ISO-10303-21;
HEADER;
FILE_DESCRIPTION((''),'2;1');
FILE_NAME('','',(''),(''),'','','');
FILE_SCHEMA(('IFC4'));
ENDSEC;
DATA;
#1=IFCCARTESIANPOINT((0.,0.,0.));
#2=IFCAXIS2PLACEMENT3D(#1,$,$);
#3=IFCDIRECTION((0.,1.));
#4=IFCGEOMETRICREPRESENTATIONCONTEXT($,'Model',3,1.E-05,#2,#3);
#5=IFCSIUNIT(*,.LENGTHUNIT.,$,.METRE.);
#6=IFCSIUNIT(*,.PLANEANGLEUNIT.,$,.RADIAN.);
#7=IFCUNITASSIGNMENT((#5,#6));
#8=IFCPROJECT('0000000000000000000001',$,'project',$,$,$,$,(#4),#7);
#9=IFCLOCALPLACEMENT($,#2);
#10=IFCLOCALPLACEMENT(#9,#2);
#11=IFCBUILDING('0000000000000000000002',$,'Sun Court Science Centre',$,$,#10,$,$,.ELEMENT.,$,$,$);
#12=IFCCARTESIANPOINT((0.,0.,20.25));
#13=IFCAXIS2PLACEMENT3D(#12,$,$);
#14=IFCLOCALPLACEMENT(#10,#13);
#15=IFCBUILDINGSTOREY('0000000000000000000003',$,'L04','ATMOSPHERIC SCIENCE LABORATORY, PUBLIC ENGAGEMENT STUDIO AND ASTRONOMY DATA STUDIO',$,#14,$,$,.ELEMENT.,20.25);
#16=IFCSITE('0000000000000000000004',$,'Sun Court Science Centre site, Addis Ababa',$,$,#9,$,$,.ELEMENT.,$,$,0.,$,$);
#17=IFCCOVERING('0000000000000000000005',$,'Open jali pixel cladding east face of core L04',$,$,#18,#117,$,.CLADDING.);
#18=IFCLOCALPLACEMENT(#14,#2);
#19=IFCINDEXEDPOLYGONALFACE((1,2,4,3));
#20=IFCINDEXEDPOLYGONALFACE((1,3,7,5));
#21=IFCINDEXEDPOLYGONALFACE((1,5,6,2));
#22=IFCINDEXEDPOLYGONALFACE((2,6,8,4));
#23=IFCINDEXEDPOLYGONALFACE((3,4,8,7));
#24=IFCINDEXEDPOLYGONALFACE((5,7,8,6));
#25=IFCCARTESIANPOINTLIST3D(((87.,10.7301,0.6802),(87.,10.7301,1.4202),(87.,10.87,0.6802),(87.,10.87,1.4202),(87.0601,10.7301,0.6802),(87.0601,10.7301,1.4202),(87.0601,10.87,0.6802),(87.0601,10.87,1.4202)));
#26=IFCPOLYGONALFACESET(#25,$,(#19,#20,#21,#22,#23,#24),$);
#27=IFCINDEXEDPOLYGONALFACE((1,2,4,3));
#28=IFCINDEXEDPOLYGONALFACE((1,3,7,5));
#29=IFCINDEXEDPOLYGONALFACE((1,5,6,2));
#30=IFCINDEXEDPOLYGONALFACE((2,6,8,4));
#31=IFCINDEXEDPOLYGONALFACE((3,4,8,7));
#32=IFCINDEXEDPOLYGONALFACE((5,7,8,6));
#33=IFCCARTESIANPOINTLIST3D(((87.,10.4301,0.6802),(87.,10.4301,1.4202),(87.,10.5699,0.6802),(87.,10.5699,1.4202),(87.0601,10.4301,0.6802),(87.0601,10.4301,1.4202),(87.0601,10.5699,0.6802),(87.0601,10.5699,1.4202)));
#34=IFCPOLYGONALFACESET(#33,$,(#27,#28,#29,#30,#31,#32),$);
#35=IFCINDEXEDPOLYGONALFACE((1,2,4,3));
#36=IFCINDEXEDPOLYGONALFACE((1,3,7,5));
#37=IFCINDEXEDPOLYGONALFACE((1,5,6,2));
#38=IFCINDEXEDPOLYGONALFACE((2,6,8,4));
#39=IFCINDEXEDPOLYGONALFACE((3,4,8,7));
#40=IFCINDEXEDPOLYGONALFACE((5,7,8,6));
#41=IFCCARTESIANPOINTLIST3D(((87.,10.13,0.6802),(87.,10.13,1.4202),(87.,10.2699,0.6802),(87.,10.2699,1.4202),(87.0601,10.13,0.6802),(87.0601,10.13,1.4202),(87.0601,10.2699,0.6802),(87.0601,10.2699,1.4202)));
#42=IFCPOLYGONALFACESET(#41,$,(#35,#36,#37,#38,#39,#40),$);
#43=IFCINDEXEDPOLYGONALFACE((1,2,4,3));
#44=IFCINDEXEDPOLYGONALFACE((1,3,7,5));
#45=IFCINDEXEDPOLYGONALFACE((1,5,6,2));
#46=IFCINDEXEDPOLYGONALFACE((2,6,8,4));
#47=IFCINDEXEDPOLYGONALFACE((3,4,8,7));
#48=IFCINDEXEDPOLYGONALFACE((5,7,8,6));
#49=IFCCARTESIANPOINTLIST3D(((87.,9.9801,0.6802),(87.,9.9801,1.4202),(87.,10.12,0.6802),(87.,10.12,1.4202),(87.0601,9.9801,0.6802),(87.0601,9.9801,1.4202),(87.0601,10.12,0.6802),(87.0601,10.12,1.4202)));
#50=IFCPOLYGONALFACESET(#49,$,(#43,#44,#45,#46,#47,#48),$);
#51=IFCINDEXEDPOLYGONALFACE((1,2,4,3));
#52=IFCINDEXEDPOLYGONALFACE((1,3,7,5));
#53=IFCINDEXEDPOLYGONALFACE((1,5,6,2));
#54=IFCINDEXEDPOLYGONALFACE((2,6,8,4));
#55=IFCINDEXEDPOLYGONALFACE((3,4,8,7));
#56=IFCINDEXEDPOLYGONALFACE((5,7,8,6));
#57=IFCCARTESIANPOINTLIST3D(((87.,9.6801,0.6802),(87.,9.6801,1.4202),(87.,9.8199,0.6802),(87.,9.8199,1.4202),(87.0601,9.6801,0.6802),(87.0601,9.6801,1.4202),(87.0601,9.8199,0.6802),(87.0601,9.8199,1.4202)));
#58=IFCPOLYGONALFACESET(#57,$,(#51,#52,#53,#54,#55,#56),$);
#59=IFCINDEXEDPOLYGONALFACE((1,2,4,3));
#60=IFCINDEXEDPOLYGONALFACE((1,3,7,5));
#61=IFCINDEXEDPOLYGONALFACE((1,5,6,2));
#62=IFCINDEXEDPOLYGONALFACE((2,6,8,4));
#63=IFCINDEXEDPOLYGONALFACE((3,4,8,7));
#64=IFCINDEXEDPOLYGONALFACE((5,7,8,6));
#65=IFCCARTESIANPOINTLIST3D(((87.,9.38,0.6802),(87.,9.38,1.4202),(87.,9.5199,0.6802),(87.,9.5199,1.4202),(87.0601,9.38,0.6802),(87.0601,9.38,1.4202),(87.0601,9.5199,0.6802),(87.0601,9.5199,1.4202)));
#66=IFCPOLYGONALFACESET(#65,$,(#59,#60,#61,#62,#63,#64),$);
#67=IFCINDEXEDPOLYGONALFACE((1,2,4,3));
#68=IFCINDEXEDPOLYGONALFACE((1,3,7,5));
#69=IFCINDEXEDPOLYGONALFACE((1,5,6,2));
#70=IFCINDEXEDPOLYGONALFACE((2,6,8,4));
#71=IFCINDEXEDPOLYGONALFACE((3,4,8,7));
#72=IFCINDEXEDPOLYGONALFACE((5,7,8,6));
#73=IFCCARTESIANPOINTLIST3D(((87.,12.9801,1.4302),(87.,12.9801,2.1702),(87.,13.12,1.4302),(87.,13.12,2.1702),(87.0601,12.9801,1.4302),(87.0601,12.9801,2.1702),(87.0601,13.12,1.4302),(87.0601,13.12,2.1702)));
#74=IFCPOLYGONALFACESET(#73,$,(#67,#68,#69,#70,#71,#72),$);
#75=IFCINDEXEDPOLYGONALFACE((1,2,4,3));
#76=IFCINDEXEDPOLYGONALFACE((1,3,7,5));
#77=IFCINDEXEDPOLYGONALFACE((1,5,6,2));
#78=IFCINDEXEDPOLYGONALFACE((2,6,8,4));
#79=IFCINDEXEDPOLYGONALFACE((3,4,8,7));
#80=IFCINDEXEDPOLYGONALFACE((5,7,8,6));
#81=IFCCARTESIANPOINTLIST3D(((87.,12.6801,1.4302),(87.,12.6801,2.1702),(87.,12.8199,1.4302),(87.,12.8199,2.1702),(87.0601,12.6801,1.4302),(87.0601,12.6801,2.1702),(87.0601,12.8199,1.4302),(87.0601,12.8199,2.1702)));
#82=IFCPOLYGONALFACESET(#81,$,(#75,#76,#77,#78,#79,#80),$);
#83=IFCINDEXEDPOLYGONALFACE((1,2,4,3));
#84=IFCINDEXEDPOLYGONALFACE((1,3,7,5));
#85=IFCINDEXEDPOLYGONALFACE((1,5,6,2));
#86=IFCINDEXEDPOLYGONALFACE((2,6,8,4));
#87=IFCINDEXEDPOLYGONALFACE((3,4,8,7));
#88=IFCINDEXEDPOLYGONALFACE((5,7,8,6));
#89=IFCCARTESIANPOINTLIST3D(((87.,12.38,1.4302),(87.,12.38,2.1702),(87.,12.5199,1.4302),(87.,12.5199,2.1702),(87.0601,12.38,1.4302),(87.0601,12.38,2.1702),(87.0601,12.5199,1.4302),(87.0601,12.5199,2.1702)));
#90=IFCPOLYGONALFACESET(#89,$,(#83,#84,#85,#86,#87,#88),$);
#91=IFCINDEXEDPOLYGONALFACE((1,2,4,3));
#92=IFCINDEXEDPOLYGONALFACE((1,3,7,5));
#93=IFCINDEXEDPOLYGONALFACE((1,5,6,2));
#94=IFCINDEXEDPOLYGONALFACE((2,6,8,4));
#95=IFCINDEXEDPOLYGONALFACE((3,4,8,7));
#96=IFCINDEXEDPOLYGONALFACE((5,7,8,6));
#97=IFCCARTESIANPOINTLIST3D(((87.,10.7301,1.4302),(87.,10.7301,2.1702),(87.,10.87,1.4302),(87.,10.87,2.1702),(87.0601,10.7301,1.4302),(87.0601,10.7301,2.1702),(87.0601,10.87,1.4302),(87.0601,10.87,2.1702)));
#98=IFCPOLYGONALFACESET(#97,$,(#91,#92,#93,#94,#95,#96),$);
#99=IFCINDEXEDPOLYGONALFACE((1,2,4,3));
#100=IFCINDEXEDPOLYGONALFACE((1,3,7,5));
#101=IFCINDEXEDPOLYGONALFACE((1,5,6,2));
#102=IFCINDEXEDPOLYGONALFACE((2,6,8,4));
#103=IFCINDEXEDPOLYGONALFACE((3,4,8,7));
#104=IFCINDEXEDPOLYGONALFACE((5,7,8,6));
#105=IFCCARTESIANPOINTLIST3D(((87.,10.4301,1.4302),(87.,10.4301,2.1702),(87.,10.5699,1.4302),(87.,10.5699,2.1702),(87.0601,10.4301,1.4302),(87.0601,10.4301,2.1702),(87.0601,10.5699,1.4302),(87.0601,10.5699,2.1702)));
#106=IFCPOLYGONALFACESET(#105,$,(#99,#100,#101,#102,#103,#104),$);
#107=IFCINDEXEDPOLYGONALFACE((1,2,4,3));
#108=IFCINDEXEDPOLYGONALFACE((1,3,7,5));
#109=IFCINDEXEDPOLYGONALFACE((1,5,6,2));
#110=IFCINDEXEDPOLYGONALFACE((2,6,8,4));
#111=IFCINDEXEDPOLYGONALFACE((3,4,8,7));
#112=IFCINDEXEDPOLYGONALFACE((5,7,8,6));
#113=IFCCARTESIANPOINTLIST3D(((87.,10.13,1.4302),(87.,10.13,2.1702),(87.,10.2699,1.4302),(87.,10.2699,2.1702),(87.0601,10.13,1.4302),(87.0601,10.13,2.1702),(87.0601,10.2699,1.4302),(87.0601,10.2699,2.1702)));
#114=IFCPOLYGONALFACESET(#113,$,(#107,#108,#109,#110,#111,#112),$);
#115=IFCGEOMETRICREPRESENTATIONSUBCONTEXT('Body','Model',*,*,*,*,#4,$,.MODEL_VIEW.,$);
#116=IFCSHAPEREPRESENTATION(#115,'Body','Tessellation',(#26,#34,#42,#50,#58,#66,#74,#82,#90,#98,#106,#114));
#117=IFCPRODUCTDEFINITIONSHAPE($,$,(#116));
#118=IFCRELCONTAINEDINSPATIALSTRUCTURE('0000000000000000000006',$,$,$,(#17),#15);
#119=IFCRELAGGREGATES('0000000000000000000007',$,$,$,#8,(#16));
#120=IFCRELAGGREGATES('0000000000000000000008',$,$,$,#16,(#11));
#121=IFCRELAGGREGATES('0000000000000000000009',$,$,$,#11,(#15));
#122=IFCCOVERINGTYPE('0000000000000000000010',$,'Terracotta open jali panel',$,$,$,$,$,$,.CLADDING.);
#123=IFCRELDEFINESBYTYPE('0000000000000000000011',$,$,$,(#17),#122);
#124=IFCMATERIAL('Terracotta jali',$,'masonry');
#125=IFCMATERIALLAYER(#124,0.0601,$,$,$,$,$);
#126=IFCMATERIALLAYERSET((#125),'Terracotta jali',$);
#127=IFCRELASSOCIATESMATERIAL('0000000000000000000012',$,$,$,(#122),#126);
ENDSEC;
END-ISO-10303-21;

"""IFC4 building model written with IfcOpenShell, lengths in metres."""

from ifc_helpers import new_model, si_unit, direction, frame, origin, origin_2d, place, context, subcontext, project, spatial, rectangle, extrude, material, layer, layer_set, type_object, element, save


model = new_model("IFC4")

# Units and contexts
model_context = context("Model", 3, precision=1e-05, world=origin(), true_north=direction((0.0, 1.0)))
body_context = subcontext(model_context, "Body", "Model", "MODEL_VIEW")
ifc_project = project(units=[si_unit("LENGTHUNIT", "METRE"), si_unit("PLANEANGLEUNIT", "RADIAN")], contexts=[model_context])

# Site, building, storey
site_placement = place(None, origin())
site = spatial("IfcSite", under=ifc_project, at=site_placement, Name="Sun Court Science Centre site, Addis Ababa", CompositionType="ELEMENT", RefElevation=0.0)
building_placement = place(site_placement, origin())
building = spatial("IfcBuilding", under=site, at=building_placement, Name="Sun Court Science Centre", CompositionType="ELEMENT")
storey_placement = place(building_placement, frame((0.0, 0.0, 20.25)))
storey = spatial("IfcBuildingStorey", under=building, at=storey_placement, Name="L04", Description="ATMOSPHERIC SCIENCE LABORATORY, PUBLIC ENGAGEMENT STUDIO AND ASTRONOMY DATA STUDIO", CompositionType="ELEMENT", Elevation=20.25)

# Covering
ifc_material_1 = material(Name="Terracotta jali", Category="masonry")
ifc_layer_1 = layer(ifc_material_1, 0.0601)
ifc_layer_set_1 = layer_set([ifc_layer_1], Name="Terracotta jali")
covering_type_1 = type_object("IfcCoveringType", Name="Terracotta open jali panel", PredefinedType="CLADDING", material=ifc_layer_set_1)
covering_1_placement = place(storey_placement, frame((0.0, 0.0, -20.25)))
element("IfcCovering", 1, at=covering_1_placement, inside=storey, type_object=covering_type_1, Name="Open jali pixel cladding east face of core L04", PredefinedType="CLADDING", context=body_context, shape_type="SweptSolid", body=[
    extrude(rectangle(XDim=0.1399, YDim=0.0601, at=origin_2d()), frame((87.03, 10.8, 20.9302), z_axis=(0.0, 0.0, 1.0), x_axis=(0.0, -1.0, 0.0)), (0.0, 0.0, 1.0), 0.74),
    extrude(rectangle(XDim=0.1399, YDim=0.0601, at=origin_2d()), frame((87.03, 10.5, 20.9302), z_axis=(0.0, 0.0, 1.0), x_axis=(0.0, -1.0, 0.0)), (0.0, 0.0, 1.0), 0.74),
    extrude(rectangle(XDim=0.1399, YDim=0.0601, at=origin_2d()), frame((87.03, 10.2, 20.9302), z_axis=(0.0, 0.0, 1.0), x_axis=(0.0, -1.0, 0.0)), (0.0, 0.0, 1.0), 0.74),
    extrude(rectangle(XDim=0.1399, YDim=0.0601, at=origin_2d()), frame((87.03, 10.05, 20.9302), z_axis=(0.0, 0.0, 1.0), x_axis=(0.0, -1.0, 0.0)), (0.0, 0.0, 1.0), 0.74),
    extrude(rectangle(XDim=0.1399, YDim=0.0601, at=origin_2d()), frame((87.03, 9.75, 20.9302), z_axis=(0.0, 0.0, 1.0), x_axis=(0.0, -1.0, 0.0)), (0.0, 0.0, 1.0), 0.74),
    extrude(rectangle(XDim=0.1399, YDim=0.0601, at=origin_2d()), frame((87.03, 9.45, 20.9302), z_axis=(0.0, 0.0, 1.0), x_axis=(0.0, -1.0, 0.0)), (0.0, 0.0, 1.0), 0.74),
    extrude(rectangle(XDim=0.1399, YDim=0.0601, at=origin_2d()), frame((87.03, 13.05, 21.6802), z_axis=(0.0, 0.0, 1.0), x_axis=(0.0, -1.0, 0.0)), (0.0, 0.0, 1.0), 0.74),
    extrude(rectangle(XDim=0.1399, YDim=0.0601, at=origin_2d()), frame((87.03, 12.75, 21.6802), z_axis=(0.0, 0.0, 1.0), x_axis=(0.0, -1.0, 0.0)), (0.0, 0.0, 1.0), 0.74),
    extrude(rectangle(XDim=0.1399, YDim=0.0601, at=origin_2d()), frame((87.03, 12.45, 21.6802), z_axis=(0.0, 0.0, 1.0), x_axis=(0.0, -1.0, 0.0)), (0.0, 0.0, 1.0), 0.74),
    extrude(rectangle(XDim=0.1399, YDim=0.0601, at=origin_2d()), frame((87.03, 10.8, 21.6802), z_axis=(0.0, 0.0, 1.0), x_axis=(0.0, -1.0, 0.0)), (0.0, 0.0, 1.0), 0.74),
    extrude(rectangle(XDim=0.1399, YDim=0.0601, at=origin_2d()), frame((87.03, 10.5, 21.6802), z_axis=(0.0, 0.0, 1.0), x_axis=(0.0, -1.0, 0.0)), (0.0, 0.0, 1.0), 0.74),
    extrude(rectangle(XDim=0.1399, YDim=0.0601, at=origin_2d()), frame((87.03, 10.2, 21.6802), z_axis=(0.0, 0.0, 1.0), x_axis=(0.0, -1.0, 0.0)), (0.0, 0.0, 1.0), 0.74),
])

save(model, "model.ifc")
